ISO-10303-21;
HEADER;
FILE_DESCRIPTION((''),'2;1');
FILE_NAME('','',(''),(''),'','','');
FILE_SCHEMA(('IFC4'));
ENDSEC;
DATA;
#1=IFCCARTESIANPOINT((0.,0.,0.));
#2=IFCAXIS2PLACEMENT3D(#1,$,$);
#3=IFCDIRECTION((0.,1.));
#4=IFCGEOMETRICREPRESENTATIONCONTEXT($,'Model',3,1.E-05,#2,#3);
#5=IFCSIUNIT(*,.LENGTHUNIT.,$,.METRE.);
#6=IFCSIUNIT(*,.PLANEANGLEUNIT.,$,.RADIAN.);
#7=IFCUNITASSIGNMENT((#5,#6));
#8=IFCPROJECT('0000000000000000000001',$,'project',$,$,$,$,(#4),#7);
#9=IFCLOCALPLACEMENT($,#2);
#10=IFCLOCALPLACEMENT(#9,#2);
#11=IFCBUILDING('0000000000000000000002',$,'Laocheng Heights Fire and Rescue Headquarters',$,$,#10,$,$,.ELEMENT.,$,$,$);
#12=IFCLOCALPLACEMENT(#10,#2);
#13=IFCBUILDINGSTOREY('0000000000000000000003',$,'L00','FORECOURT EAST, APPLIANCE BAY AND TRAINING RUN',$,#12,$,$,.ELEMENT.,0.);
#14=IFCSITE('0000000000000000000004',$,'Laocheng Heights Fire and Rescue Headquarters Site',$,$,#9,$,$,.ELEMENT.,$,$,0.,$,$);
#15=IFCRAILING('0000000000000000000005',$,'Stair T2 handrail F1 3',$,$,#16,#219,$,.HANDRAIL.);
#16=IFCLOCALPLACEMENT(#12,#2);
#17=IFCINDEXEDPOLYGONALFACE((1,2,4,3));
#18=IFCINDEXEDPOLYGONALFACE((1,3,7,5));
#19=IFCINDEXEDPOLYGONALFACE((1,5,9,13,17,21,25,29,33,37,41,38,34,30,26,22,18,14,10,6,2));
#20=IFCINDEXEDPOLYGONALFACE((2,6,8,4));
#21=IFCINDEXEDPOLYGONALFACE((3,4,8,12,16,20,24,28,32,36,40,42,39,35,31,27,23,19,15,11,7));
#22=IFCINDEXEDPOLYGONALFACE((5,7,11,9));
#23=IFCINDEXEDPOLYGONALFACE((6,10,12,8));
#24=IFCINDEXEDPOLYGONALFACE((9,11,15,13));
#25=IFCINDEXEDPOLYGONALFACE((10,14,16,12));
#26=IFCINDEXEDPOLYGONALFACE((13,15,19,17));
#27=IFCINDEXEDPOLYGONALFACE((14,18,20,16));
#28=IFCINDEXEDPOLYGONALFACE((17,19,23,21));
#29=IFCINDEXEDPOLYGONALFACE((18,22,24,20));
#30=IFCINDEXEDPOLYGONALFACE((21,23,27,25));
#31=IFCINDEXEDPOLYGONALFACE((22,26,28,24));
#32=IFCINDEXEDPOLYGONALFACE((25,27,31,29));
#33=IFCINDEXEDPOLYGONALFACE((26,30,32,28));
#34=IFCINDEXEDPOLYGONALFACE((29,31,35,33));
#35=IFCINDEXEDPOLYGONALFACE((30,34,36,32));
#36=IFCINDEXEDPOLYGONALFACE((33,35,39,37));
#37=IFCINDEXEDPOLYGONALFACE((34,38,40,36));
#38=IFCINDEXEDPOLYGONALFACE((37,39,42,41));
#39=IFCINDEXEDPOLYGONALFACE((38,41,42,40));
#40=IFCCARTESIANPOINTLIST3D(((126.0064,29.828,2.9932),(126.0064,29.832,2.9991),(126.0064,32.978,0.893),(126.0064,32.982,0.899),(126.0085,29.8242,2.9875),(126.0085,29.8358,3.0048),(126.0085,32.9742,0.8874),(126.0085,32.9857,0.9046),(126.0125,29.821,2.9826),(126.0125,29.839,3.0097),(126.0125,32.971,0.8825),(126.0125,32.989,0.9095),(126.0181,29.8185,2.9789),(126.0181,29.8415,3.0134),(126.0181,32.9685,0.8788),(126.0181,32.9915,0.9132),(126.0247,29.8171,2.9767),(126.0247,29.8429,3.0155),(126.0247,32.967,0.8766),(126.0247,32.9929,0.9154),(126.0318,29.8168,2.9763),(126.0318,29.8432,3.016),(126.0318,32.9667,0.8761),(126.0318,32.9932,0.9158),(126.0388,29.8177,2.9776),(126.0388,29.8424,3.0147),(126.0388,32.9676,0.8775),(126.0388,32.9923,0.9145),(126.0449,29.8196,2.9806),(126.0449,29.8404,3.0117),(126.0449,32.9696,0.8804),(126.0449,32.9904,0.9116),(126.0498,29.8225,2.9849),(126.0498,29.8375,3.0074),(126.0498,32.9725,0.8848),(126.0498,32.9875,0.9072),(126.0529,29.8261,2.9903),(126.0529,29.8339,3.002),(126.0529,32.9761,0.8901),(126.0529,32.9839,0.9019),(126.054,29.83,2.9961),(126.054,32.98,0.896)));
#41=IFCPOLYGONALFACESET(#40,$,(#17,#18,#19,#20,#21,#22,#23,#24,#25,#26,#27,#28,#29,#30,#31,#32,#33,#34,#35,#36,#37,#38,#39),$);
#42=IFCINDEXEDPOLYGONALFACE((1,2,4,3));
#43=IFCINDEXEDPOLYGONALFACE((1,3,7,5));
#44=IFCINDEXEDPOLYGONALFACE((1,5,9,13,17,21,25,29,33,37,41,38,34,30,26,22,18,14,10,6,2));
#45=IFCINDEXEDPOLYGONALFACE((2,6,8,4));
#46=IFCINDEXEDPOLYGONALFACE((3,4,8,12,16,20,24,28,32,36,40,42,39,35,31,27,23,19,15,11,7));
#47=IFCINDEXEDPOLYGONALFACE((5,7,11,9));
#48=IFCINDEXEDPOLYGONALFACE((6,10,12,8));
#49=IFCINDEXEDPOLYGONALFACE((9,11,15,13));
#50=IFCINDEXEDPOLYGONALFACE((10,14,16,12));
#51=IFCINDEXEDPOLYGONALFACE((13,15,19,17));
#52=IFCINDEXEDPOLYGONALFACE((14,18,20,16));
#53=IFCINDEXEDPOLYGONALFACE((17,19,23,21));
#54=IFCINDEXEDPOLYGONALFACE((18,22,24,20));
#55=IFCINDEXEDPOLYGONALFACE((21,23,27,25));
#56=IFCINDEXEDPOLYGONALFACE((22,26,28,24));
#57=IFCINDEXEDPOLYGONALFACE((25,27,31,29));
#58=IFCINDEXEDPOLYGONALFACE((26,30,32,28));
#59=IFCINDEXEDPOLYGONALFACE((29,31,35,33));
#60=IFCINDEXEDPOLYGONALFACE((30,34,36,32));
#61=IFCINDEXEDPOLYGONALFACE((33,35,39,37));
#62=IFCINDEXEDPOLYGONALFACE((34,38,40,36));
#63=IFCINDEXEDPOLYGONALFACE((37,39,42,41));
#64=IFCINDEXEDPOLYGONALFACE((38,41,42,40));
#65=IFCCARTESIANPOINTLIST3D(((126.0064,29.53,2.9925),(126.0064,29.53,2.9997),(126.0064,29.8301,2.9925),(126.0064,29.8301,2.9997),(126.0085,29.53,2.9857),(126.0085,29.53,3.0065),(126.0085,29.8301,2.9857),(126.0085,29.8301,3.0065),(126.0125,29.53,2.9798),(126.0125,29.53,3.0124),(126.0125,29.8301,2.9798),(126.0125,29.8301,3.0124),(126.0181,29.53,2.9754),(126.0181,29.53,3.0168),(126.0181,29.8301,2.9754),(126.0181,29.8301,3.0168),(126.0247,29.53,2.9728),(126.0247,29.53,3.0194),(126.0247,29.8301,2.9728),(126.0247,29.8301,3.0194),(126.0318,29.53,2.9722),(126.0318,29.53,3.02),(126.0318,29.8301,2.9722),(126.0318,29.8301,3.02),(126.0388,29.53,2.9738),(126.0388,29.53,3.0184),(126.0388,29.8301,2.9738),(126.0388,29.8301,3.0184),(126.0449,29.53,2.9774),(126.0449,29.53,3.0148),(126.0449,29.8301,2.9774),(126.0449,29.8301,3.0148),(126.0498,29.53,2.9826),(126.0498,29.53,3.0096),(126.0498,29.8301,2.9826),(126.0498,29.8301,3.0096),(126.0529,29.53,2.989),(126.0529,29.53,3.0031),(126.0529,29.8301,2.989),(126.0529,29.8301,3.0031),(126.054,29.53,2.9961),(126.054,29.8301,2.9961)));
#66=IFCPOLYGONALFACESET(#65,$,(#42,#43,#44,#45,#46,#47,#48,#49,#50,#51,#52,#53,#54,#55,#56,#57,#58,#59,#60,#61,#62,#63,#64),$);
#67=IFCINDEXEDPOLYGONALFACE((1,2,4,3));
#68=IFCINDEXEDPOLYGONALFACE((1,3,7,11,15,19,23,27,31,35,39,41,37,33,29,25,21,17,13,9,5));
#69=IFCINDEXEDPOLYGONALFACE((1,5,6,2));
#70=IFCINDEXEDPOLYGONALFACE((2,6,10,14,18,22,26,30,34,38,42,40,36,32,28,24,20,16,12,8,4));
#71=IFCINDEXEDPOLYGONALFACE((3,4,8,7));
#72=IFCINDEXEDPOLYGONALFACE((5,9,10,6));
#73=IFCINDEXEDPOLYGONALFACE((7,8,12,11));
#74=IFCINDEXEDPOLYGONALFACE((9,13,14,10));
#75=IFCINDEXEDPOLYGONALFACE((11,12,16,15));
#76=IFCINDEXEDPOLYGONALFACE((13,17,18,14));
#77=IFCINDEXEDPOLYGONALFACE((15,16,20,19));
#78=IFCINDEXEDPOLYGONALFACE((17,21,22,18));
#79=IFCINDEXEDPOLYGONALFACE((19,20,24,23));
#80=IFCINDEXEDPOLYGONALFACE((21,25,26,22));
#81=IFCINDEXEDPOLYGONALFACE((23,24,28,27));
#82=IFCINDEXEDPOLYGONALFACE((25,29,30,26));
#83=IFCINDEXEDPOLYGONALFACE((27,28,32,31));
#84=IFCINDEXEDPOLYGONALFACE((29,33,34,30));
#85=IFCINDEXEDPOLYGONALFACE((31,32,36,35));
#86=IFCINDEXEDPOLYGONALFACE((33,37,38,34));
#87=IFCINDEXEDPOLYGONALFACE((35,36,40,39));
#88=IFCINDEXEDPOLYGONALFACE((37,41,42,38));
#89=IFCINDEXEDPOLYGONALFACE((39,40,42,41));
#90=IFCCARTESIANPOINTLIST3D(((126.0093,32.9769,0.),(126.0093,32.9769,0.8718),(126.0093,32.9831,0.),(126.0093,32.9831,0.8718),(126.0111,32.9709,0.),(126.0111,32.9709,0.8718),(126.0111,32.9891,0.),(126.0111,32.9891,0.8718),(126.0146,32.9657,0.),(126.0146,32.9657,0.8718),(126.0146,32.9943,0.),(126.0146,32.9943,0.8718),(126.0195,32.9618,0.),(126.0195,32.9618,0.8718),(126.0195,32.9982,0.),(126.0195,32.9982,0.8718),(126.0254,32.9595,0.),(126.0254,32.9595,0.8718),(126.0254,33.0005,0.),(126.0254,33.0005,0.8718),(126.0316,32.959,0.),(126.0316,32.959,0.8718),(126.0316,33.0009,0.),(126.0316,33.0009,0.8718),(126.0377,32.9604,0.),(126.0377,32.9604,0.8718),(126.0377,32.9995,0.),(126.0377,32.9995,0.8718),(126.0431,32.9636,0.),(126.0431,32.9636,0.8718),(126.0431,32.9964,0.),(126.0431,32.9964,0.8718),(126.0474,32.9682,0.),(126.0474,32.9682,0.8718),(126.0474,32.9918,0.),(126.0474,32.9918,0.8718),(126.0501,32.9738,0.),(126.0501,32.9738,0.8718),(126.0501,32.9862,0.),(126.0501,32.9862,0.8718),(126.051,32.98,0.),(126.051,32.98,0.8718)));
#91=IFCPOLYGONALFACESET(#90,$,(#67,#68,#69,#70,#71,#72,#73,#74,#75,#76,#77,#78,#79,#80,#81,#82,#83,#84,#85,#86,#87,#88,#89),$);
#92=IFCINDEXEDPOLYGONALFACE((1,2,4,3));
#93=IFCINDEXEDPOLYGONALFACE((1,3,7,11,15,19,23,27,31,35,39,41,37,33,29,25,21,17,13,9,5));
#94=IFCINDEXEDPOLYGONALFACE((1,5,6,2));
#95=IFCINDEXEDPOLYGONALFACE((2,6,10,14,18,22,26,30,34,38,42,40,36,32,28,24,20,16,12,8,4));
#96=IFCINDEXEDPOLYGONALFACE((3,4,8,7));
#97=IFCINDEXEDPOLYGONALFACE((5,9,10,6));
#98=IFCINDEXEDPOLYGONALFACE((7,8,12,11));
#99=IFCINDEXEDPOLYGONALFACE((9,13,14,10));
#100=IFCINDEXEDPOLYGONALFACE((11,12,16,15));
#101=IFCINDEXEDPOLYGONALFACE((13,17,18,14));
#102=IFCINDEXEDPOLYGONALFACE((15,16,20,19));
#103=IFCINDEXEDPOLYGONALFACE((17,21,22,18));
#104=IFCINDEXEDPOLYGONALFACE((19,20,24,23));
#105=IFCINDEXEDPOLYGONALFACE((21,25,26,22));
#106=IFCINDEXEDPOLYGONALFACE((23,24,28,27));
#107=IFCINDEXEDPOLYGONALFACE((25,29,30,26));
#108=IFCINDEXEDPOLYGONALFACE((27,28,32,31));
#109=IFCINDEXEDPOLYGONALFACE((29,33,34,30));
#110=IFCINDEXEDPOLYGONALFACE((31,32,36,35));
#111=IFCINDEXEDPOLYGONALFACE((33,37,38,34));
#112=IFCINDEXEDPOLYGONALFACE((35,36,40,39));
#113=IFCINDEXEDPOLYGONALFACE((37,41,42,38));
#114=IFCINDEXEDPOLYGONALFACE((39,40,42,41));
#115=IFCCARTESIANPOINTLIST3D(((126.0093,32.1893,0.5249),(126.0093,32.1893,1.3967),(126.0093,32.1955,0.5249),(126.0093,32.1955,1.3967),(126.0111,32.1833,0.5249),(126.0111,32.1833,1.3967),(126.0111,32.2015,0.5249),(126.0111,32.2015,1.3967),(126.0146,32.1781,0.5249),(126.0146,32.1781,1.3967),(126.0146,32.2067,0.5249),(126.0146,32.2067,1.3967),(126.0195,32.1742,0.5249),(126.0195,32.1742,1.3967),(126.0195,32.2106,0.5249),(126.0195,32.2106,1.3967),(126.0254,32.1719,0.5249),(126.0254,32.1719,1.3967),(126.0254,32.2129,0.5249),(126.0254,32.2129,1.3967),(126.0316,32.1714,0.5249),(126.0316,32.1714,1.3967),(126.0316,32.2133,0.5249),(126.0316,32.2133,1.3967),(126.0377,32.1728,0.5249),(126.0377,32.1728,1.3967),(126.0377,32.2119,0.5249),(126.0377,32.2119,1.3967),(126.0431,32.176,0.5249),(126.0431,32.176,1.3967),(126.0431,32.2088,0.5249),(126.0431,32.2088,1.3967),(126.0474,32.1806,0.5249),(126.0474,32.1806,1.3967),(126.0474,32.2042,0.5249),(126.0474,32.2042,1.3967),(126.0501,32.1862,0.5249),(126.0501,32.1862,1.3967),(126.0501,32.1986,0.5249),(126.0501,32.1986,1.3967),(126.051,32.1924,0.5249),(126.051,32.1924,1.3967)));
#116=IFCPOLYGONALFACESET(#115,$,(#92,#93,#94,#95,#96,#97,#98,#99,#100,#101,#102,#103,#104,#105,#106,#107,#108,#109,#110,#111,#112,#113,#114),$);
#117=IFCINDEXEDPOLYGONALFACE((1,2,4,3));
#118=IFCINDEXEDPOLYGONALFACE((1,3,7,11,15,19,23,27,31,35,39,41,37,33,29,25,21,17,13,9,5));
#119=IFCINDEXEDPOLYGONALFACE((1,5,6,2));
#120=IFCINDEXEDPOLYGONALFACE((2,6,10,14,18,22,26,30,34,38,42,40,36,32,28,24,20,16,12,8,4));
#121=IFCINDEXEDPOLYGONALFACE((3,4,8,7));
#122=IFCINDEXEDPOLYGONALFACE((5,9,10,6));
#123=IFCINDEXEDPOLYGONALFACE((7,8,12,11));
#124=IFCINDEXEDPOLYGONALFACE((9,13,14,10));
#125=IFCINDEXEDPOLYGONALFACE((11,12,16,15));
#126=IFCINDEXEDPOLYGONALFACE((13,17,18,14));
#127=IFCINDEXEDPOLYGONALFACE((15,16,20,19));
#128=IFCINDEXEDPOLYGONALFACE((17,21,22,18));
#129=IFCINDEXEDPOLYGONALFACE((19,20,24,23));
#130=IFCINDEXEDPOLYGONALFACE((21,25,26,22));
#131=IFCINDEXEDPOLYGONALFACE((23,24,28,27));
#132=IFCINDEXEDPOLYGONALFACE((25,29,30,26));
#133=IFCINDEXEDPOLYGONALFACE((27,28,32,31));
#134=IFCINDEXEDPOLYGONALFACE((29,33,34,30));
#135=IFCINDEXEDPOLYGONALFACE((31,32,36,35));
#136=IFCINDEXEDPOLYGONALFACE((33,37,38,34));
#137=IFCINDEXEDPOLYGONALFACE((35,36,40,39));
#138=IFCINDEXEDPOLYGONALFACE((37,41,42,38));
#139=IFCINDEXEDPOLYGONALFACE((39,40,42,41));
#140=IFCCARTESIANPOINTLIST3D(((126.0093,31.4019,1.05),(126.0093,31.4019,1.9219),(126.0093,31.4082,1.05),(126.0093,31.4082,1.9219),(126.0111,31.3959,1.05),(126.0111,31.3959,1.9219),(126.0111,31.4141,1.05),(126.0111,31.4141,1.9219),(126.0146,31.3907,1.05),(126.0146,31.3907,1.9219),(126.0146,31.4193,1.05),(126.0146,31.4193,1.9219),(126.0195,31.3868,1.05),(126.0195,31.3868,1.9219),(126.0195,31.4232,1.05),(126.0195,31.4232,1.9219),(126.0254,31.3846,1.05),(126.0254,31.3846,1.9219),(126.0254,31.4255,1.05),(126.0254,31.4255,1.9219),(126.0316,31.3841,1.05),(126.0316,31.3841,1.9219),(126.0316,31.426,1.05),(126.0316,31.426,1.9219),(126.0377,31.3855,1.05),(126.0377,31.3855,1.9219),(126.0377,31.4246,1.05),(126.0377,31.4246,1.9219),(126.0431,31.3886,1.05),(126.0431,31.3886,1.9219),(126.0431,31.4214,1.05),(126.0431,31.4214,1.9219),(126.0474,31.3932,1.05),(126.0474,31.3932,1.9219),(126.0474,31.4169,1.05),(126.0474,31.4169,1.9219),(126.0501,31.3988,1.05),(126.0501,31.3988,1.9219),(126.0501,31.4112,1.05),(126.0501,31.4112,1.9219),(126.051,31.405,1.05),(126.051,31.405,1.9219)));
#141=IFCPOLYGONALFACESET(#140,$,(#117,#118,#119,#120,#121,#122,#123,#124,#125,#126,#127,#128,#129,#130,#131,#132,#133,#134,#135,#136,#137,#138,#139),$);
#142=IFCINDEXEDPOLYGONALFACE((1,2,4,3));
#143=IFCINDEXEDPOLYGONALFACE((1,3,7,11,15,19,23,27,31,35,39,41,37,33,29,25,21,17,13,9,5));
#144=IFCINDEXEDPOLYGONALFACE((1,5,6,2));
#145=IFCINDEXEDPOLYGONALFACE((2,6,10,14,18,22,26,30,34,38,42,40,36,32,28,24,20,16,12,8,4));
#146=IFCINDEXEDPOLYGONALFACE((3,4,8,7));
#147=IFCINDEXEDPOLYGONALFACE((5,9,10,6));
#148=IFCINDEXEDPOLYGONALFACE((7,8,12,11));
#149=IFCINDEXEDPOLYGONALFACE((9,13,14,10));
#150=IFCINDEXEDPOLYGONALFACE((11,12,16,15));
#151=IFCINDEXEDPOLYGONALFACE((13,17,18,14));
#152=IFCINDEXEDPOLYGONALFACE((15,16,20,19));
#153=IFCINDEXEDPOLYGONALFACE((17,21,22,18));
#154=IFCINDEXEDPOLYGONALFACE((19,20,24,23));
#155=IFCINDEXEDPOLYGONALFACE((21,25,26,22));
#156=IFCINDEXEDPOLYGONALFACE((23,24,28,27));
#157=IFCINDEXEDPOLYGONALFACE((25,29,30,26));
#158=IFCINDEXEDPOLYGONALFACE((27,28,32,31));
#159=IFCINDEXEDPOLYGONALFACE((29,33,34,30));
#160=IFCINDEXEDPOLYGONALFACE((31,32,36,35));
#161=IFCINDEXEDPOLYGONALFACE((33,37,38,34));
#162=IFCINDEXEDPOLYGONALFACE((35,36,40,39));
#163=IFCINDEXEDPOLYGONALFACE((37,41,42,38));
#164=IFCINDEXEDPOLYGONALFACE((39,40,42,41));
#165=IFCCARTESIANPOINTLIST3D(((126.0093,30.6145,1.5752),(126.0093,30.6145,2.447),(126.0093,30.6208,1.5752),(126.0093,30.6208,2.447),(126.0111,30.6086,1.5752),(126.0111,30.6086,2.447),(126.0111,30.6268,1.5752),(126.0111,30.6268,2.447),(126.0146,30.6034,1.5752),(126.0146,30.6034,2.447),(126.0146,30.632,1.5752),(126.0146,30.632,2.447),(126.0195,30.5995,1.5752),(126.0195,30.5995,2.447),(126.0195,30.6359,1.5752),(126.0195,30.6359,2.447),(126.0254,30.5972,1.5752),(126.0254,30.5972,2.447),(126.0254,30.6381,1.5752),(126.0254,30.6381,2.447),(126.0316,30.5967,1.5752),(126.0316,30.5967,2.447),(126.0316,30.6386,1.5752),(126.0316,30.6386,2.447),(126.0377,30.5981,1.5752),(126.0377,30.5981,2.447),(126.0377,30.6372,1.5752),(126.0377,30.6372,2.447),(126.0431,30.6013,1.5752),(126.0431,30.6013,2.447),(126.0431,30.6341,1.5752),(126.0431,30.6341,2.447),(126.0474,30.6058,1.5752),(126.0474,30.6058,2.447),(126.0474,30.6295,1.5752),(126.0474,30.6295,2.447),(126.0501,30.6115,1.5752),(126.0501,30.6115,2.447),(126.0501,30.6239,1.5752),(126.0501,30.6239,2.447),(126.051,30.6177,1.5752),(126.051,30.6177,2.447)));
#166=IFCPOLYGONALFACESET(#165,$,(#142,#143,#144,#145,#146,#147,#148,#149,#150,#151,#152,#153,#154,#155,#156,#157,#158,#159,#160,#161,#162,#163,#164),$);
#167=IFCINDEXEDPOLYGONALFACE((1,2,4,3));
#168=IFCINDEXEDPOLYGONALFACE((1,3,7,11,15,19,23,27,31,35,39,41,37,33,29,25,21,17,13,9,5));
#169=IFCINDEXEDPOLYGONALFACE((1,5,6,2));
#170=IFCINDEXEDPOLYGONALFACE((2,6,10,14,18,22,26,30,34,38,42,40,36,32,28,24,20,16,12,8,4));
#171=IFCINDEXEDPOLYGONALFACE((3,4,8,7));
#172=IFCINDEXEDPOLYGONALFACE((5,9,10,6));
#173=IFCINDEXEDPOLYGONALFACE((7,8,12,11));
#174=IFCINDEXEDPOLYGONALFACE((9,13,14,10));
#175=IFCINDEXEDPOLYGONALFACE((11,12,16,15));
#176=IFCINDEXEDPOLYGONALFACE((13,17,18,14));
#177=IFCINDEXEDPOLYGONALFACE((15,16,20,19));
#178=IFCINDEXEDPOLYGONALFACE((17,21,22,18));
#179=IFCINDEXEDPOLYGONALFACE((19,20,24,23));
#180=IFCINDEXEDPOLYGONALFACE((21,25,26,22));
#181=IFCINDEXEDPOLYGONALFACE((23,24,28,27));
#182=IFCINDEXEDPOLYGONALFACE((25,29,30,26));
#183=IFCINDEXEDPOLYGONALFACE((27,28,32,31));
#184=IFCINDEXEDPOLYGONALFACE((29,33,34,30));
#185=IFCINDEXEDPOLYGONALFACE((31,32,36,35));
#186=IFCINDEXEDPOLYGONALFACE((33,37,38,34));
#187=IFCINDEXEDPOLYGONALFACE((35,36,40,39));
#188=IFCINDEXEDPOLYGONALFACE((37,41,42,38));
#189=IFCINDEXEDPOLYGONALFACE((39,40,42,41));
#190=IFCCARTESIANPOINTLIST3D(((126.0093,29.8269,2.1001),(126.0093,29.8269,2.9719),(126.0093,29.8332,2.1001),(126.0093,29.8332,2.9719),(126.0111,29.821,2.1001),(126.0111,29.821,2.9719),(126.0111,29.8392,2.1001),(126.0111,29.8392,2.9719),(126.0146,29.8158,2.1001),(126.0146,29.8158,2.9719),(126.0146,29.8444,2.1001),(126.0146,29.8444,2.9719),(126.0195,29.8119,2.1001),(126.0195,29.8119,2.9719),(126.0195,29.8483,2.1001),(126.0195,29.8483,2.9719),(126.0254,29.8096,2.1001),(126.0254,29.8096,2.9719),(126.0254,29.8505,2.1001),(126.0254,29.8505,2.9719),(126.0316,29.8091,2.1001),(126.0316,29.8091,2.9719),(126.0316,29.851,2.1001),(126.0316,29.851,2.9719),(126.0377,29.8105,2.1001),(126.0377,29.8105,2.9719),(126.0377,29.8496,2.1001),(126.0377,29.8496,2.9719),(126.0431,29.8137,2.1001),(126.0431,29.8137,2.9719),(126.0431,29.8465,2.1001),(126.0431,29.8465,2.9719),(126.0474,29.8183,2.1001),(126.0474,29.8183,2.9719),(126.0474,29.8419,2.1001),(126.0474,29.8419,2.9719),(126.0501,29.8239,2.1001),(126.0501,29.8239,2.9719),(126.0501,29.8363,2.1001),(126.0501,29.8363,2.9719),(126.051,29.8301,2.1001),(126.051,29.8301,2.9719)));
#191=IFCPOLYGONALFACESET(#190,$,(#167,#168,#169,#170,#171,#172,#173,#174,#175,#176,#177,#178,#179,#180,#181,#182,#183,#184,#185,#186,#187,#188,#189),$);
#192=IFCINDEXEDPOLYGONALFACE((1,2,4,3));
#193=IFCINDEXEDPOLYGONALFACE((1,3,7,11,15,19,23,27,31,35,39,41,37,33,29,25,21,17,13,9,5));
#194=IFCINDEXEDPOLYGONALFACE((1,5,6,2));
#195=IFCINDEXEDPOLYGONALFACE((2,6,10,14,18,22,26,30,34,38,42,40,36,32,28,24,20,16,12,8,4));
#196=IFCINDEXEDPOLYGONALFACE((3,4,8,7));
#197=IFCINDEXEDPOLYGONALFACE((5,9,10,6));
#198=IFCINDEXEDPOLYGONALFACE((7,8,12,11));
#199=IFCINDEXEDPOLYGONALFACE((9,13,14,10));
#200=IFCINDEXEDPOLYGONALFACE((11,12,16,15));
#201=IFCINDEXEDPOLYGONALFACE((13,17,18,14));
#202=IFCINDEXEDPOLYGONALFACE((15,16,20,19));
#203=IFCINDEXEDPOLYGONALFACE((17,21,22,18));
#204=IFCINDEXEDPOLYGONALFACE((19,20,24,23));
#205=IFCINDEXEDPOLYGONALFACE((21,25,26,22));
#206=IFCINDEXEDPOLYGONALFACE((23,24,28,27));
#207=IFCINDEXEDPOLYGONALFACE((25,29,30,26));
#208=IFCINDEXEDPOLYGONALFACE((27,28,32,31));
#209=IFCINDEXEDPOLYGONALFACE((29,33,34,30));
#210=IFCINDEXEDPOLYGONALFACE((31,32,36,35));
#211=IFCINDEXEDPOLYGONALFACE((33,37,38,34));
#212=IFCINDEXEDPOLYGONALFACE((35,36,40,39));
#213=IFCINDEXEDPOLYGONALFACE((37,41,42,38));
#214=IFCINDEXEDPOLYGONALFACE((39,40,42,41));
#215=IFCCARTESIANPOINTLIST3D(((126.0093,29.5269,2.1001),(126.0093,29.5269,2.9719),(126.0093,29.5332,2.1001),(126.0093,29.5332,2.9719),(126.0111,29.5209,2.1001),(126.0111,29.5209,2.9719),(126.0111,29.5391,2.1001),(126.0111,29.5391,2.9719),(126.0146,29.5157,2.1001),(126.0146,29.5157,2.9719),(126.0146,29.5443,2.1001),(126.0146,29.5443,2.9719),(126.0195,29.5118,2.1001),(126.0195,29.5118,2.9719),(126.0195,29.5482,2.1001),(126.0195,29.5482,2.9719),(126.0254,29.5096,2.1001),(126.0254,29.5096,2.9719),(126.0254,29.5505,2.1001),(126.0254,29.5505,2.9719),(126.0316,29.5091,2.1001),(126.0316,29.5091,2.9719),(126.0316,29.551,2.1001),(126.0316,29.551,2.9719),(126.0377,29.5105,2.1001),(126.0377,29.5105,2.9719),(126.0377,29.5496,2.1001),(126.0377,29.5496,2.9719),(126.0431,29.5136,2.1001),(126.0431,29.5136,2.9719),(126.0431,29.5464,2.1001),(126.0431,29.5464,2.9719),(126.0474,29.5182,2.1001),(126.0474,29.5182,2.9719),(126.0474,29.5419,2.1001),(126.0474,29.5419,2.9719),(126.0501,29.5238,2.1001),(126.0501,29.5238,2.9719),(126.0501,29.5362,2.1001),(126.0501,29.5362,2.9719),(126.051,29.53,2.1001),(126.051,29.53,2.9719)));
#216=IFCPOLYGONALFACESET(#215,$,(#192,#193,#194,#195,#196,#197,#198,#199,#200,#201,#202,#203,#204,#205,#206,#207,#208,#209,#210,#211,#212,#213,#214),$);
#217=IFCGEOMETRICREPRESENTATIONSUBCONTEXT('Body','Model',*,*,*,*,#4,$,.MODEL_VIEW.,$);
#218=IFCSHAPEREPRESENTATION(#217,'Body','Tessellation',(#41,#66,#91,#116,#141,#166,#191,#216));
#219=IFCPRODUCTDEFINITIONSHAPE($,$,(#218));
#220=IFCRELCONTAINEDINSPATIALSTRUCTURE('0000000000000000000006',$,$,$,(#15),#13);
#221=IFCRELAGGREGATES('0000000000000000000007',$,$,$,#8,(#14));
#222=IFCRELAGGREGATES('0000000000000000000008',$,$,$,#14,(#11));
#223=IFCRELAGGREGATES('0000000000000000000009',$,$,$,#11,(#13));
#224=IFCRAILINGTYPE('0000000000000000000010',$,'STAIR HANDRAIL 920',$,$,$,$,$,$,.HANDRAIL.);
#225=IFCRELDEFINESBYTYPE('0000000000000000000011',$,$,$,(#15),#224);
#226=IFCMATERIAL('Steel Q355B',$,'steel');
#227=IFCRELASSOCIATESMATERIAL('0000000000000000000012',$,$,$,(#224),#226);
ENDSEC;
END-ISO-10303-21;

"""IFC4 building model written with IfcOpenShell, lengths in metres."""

from ifc_helpers import new_model, si_unit, direction, frame, origin, origin_2d, place, context, subcontext, project, spatial, circle, extrude, material, type_object, element, save


model = new_model("IFC4")

# Units and contexts
model_context = context("Model", 3, precision=1e-05, world=origin(), true_north=direction((0.0, 1.0)))
body_context = subcontext(model_context, "Body", "Model", "MODEL_VIEW")
ifc_project = project(units=[si_unit("LENGTHUNIT", "METRE"), si_unit("PLANEANGLEUNIT", "RADIAN")], contexts=[model_context])

# Site, building, storey
site_placement = place(None, origin())
site = spatial("IfcSite", under=ifc_project, at=site_placement, Name="Laocheng Heights Fire and Rescue Headquarters Site", CompositionType="ELEMENT", RefElevation=0.0)
building_placement = place(site_placement, origin())
building = spatial("IfcBuilding", under=site, at=building_placement, Name="Laocheng Heights Fire and Rescue Headquarters", CompositionType="ELEMENT")
storey_placement = place(building_placement, origin())
storey = spatial("IfcBuildingStorey", under=building, at=storey_placement, Name="L00", Description="FORECOURT EAST, APPLIANCE BAY AND TRAINING RUN", CompositionType="ELEMENT", Elevation=0.0)

# Railing
ifc_material_1 = material(Name="Steel Q355B", Category="steel")
railing_type_1 = type_object("IfcRailingType", Name="STAIR HANDRAIL 920", PredefinedType="HANDRAIL", material=ifc_material_1)
railing_1_placement = place(storey_placement, frame((126.03, 32.98, 0.0)))
element("IfcRailing", 1, at=railing_1_placement, inside=storey, type_object=railing_type_1, Name="Stair T2 handrail F1 3", PredefinedType="HANDRAIL", context=body_context, shape_type="SweptSolid", body=[
    extrude(circle(Radius=0.0239, at=origin_2d()), frame((0.0, 0.0, 0.896), z_axis=(0.0, -0.83203, 0.55473), x_axis=(1.0, 0.0, 0.0)), (0.0, 0.0, 1.0), 3.7859),
    extrude(circle(Radius=0.0239, at=origin_2d()), frame((0.0, -3.1499, 2.9961), z_axis=(0.0, -1.0, 0.0), x_axis=(1.0, 0.0, 0.0)), (0.0, 0.0, 1.0), 0.3),
    extrude(circle(Radius=0.021, at=origin_2d()), origin(), (0.0, 0.0, 1.0), 0.8718),
    extrude(circle(Radius=0.021, at=origin_2d()), frame((0.0, -0.7876, 0.5249)), (0.0, 0.0, 1.0), 0.8718),
    extrude(circle(Radius=0.021, at=origin_2d()), frame((0.0, -1.575, 1.05)), (0.0, 0.0, 1.0), 0.8718),
    extrude(circle(Radius=0.021, at=origin_2d()), frame((0.0, -2.3623, 1.5752)), (0.0, 0.0, 1.0), 0.8718),
    extrude(circle(Radius=0.021, at=origin_2d()), frame((0.0, -3.1499, 2.1001)), (0.0, 0.0, 1.0), 0.8718),
    extrude(circle(Radius=0.021, at=origin_2d()), frame((0.0, -3.45, 2.1001)), (0.0, 0.0, 1.0), 0.8718),
])

save(model, "model.ifc")
